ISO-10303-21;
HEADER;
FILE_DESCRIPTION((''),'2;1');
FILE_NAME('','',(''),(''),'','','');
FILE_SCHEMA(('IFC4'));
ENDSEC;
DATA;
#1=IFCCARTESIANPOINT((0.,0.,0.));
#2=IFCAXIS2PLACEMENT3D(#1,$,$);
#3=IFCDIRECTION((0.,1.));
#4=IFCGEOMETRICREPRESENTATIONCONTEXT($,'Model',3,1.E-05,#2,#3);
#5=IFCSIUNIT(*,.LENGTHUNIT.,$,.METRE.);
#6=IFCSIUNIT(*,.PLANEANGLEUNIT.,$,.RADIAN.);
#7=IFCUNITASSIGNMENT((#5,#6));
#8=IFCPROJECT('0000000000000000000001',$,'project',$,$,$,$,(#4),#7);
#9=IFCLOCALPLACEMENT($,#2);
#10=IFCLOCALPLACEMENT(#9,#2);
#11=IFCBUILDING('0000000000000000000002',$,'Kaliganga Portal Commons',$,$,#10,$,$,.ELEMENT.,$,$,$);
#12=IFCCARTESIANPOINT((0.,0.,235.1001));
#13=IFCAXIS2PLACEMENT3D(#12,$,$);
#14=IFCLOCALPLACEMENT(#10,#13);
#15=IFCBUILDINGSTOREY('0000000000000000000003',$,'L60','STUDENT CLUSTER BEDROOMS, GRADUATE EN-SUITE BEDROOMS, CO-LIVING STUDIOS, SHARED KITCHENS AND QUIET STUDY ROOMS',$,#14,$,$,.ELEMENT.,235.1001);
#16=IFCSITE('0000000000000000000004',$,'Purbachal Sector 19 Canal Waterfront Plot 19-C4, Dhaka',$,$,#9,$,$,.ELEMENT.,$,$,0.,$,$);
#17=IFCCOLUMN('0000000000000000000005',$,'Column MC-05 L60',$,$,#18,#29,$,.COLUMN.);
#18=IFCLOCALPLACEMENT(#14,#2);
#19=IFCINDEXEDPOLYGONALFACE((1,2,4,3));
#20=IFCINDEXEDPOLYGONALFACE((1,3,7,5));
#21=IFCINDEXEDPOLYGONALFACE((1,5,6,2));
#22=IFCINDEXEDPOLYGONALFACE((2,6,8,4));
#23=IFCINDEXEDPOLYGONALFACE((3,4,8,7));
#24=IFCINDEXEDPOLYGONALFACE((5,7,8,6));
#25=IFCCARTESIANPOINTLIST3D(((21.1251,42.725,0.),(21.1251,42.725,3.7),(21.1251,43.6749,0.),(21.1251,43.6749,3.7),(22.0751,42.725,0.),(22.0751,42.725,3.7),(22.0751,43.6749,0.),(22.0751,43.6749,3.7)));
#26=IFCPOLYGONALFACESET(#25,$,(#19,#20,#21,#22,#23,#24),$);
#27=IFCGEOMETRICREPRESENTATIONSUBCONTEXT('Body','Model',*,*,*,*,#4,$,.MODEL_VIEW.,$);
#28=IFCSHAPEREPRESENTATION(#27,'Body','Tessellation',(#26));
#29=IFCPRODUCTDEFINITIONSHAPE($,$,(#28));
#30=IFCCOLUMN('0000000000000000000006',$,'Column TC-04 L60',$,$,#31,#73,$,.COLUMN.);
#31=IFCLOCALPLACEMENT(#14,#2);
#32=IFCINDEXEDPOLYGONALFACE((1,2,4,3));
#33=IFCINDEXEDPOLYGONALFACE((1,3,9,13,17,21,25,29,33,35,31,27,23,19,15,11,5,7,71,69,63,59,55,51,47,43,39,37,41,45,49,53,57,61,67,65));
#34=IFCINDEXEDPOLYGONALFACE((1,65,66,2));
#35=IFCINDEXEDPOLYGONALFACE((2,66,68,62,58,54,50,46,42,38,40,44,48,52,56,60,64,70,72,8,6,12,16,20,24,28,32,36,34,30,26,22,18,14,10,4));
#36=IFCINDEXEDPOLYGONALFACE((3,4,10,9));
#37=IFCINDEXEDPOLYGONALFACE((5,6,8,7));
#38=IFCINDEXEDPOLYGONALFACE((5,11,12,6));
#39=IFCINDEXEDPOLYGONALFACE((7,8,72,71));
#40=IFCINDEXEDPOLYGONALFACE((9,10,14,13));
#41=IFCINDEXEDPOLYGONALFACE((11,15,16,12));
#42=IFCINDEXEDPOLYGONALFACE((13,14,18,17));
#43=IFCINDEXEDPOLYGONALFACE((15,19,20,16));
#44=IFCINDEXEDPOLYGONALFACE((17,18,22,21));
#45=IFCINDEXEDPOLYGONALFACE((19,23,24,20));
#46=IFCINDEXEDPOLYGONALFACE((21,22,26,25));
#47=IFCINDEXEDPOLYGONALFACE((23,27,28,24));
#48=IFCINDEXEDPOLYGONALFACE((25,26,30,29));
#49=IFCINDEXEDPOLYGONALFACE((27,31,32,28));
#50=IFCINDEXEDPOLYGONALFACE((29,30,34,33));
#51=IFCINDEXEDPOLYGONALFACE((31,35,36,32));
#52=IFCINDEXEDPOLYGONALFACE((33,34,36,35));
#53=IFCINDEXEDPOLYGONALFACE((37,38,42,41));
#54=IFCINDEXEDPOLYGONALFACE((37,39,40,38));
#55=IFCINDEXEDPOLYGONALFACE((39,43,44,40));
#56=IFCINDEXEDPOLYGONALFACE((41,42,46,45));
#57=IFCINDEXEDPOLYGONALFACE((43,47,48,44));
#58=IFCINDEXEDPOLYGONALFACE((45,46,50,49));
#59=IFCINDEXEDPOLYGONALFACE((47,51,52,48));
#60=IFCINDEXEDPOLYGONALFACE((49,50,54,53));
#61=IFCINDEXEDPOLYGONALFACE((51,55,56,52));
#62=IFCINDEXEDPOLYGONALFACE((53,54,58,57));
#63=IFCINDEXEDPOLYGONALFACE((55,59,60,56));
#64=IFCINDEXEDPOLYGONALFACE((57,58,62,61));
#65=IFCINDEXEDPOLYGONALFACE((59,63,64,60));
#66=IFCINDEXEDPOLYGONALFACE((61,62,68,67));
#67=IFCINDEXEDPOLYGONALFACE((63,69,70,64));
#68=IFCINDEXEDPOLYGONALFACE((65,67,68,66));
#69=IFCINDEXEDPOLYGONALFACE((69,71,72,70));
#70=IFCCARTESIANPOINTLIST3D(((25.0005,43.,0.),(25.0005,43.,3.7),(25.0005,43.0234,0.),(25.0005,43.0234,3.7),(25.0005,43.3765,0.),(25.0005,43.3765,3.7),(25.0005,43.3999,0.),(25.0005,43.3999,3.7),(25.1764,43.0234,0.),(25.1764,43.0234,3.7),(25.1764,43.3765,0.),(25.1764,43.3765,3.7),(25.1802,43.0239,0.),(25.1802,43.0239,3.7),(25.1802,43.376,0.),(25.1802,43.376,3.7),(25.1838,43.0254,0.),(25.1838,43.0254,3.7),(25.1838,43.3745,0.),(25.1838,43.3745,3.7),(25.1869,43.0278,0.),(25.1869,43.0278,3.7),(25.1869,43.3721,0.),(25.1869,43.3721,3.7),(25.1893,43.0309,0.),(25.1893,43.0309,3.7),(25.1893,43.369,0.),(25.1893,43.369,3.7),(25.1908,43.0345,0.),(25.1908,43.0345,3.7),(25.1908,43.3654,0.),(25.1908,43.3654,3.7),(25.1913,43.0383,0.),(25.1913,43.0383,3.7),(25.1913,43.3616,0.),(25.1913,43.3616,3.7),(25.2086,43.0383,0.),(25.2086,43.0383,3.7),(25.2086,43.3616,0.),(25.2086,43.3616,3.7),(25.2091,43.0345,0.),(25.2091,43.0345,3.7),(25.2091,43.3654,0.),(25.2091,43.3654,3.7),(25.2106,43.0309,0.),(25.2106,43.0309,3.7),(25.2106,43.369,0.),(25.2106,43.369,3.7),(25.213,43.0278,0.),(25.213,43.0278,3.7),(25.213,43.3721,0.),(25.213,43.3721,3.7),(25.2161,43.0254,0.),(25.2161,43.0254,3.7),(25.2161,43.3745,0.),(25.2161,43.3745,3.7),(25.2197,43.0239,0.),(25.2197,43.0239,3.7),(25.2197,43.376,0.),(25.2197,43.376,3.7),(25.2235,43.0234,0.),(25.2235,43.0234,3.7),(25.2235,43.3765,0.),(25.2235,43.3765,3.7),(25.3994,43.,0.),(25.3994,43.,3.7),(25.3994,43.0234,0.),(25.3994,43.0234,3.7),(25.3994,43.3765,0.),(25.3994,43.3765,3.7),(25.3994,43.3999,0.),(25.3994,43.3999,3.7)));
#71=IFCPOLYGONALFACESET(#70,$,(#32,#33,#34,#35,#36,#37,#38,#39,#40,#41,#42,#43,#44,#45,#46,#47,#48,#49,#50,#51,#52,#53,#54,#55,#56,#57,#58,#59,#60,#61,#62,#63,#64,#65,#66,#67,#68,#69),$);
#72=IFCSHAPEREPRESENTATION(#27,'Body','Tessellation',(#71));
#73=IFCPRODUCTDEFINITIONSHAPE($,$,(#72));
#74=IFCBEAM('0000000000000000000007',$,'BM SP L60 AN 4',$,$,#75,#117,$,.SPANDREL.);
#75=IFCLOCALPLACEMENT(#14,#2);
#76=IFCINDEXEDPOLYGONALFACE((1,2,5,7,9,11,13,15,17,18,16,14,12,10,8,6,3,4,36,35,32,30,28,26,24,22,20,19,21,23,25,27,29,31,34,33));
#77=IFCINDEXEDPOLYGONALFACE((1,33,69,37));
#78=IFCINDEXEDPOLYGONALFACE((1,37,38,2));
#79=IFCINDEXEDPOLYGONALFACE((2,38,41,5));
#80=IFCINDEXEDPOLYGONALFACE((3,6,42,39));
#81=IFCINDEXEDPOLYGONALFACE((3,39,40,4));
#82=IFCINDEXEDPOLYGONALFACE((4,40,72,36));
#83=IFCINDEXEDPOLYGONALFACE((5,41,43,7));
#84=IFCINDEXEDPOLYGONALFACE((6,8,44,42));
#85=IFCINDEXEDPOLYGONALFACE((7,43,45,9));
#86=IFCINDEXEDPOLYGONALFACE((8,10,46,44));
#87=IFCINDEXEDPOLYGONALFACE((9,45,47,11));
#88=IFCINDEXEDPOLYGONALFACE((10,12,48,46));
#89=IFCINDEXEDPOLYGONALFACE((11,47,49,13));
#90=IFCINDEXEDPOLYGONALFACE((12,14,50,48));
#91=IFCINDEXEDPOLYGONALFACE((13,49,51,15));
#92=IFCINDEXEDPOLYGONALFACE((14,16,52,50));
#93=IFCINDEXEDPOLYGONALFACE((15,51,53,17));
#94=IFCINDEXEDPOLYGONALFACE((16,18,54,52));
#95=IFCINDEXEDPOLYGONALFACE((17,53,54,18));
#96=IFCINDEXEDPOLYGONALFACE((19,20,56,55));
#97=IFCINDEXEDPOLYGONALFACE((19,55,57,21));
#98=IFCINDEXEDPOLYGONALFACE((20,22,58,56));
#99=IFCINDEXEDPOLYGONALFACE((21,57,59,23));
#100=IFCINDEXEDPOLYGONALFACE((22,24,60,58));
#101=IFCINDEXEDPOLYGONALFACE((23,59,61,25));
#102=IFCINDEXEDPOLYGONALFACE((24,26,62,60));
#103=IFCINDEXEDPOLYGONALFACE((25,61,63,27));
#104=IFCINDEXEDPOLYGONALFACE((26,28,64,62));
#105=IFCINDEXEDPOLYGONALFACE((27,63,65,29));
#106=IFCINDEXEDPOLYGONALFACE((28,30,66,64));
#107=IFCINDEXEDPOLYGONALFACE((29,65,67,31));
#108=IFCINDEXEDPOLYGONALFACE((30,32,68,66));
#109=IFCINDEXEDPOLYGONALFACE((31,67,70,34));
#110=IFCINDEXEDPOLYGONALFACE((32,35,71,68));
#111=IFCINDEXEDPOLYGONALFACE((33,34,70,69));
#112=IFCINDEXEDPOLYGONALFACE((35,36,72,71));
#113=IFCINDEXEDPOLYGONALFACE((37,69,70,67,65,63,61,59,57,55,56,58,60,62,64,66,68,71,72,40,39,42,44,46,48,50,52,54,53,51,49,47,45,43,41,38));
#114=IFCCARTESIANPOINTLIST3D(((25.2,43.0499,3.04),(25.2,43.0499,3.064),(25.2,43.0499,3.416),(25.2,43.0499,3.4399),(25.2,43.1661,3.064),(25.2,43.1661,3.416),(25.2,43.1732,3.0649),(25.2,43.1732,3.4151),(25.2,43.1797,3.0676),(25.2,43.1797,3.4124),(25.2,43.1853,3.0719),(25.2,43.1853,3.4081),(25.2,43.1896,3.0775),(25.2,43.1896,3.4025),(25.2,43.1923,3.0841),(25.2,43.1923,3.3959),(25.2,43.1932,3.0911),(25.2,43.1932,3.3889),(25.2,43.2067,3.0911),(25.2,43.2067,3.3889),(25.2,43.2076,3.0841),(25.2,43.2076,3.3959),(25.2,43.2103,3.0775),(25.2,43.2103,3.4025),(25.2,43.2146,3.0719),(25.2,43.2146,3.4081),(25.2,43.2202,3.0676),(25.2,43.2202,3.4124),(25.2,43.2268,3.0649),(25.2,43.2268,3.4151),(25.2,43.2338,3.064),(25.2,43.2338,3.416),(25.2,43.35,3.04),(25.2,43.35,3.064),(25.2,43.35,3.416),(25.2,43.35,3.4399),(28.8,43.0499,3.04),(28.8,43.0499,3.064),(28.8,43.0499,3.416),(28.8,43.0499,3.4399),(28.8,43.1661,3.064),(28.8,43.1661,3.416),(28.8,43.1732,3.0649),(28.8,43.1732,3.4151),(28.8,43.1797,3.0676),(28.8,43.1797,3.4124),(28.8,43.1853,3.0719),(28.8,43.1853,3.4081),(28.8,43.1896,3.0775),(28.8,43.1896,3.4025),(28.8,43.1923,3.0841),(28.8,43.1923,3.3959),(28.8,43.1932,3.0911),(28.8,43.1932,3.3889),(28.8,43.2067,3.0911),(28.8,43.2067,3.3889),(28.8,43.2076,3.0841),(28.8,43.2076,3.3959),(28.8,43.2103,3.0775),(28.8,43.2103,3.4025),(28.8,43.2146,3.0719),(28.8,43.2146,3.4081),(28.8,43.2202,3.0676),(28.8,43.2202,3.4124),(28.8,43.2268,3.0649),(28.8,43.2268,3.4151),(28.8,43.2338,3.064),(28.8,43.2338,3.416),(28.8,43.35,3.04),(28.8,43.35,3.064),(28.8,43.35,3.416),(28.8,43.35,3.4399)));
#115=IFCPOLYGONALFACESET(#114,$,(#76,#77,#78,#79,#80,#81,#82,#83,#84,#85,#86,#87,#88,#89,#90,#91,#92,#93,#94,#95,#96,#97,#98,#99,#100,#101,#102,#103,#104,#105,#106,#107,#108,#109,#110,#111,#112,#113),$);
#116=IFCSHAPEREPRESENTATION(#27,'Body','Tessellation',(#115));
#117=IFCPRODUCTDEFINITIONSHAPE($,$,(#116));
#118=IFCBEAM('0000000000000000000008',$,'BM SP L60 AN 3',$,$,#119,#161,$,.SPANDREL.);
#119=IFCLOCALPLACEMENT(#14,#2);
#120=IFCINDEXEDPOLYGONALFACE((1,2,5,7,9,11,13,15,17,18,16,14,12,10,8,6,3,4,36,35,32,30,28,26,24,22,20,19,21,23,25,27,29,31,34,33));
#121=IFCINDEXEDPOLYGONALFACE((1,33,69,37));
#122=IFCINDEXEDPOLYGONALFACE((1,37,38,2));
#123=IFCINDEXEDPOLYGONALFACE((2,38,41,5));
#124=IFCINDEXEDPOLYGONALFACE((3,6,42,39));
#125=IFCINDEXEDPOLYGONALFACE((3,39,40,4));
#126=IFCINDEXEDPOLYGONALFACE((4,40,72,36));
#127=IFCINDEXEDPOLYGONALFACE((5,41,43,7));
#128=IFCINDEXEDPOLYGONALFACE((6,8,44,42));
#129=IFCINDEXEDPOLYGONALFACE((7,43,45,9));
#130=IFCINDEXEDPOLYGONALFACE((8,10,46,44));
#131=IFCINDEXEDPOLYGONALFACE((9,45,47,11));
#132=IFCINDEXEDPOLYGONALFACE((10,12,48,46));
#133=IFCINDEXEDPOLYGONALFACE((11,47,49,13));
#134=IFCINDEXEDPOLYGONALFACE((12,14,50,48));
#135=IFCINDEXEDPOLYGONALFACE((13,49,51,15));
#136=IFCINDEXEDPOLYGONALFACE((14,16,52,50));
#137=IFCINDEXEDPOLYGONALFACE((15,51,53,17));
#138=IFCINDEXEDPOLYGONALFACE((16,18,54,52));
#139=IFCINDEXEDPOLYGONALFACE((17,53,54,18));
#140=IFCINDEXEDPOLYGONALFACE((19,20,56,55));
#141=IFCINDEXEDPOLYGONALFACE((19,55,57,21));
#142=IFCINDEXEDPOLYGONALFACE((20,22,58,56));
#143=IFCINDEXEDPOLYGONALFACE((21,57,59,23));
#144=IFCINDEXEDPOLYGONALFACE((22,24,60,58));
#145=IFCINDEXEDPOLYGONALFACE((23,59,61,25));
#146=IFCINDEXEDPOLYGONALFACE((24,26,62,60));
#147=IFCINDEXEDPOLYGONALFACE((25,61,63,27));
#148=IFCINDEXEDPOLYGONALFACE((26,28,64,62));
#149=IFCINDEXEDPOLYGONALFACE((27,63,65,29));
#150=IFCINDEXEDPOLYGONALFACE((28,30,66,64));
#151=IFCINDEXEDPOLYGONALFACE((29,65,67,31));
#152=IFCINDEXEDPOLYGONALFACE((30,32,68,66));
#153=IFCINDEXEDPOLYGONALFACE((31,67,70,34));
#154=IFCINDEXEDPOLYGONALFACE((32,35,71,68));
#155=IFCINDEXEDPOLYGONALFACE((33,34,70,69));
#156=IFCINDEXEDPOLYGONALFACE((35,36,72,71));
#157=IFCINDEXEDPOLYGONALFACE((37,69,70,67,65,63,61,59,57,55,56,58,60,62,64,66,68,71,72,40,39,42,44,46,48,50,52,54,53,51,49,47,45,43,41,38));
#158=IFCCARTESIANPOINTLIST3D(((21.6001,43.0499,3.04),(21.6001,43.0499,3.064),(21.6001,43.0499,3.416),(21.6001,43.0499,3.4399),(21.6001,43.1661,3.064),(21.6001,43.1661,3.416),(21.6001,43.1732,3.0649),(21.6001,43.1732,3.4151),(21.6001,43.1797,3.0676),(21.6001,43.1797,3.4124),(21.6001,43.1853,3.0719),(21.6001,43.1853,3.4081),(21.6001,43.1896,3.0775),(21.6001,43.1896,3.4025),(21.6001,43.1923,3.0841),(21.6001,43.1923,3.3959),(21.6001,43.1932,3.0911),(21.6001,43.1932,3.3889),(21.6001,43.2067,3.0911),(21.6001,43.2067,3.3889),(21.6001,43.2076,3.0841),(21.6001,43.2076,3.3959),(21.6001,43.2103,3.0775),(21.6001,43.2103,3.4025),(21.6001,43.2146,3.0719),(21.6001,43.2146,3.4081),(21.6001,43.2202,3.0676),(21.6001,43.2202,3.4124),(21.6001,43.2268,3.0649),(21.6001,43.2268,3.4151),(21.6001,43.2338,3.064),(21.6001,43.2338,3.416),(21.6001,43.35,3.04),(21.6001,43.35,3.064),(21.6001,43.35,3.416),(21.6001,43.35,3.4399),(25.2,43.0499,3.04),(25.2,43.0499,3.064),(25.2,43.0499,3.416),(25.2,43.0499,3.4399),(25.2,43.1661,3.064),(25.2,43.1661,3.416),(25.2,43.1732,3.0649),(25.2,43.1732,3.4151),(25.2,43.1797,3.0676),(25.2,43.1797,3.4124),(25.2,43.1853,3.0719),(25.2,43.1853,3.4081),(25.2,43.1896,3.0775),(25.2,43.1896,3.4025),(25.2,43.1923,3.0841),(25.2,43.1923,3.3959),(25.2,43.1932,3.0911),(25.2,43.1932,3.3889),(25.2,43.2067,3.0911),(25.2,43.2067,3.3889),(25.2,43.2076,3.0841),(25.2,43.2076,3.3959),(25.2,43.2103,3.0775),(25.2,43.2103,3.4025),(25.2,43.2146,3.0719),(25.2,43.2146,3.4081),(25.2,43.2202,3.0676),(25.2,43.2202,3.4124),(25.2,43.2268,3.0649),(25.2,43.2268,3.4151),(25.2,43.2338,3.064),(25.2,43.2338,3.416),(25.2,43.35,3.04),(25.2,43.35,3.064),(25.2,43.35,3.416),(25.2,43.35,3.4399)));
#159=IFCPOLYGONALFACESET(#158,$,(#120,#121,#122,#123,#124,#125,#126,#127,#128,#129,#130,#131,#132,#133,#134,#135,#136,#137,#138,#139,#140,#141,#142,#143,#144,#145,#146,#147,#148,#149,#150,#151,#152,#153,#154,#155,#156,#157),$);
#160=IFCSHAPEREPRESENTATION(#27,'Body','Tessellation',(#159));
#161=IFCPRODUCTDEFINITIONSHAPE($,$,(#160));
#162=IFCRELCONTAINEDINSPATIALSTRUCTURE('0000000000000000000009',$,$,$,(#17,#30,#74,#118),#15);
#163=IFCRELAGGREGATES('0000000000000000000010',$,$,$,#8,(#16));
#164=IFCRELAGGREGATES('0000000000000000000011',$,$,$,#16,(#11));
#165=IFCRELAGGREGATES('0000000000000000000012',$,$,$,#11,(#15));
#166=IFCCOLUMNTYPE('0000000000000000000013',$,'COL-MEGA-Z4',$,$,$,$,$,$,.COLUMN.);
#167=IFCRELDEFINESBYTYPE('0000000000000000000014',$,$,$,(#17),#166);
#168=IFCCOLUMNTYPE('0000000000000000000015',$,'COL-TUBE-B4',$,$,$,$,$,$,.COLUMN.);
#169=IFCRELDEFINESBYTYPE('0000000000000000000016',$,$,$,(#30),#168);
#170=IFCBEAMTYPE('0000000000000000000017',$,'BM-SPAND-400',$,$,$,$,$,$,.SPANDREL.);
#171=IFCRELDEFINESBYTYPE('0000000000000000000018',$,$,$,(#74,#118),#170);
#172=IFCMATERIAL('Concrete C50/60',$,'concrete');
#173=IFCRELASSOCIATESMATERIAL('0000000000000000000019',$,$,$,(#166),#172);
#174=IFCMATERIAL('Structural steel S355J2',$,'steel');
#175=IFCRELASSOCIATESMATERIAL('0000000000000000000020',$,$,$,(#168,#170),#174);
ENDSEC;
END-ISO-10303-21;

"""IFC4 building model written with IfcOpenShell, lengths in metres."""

from ifc_helpers import new_model, si_unit, direction, frame, origin, origin_2d, place, context, subcontext, project, spatial, rectangle, i_section, extrude, source, transform, mapped, material, material_profile, profile_set, type_object, element, save


model = new_model("IFC4")

# Units and contexts
model_context = context("Model", 3, precision=1e-05, world=origin(), true_north=direction((0.0, 1.0)))
body_context = subcontext(model_context, "Body", "Model", "MODEL_VIEW")
ifc_project = project(units=[si_unit("LENGTHUNIT", "METRE"), si_unit("PLANEANGLEUNIT", "RADIAN")], contexts=[model_context])

# Site, building, storey
site_placement = place(None, origin())
site = spatial("IfcSite", under=ifc_project, at=site_placement, Name="Purbachal Sector 19 Canal Waterfront Plot 19-C4, Dhaka", CompositionType="ELEMENT", RefElevation=0.0)
building_placement = place(site_placement, origin())
building = spatial("IfcBuilding", under=site, at=building_placement, Name="Kaliganga Portal Commons", CompositionType="ELEMENT")
storey_placement = place(building_placement, frame((0.0, 0.0, 235.1001)))
storey = spatial("IfcBuildingStorey", under=building, at=storey_placement, Name="L60", Description="STUDENT CLUSTER BEDROOMS, GRADUATE EN-SUITE BEDROOMS, CO-LIVING STUDIOS, SHARED KITCHENS AND QUIET STUDY ROOMS", CompositionType="ELEMENT", Elevation=235.1001)

# Columns
ifc_material_1 = material(Name="Concrete C50/60", Category="concrete")
ifc_material_profile_1 = material_profile(ifc_material_1, rectangle(XDim=0.95, YDim=0.95, at=origin_2d()), Name="RC 950x950")
ifc_profile_set_1 = profile_set([ifc_material_profile_1], Name="Concrete C50/60")
column_type_1 = type_object("IfcColumnType", Name="COL-MEGA-Z4", PredefinedType="COLUMN", material=ifc_profile_set_1)
shared_shape_1 = source(origin(), body_context, "Body", "SweptSolid", [
    extrude(rectangle(XDim=0.95, YDim=0.95, at=origin_2d()), origin(), (0.0, 0.0, 1.0), 3.7),
])
column_1_placement = place(storey_placement, frame((21.6001, 43.2, 0.0), z_axis=(0.0, 0.0, 1.0), x_axis=(1.0, 0.0, 0.0)))
element("IfcColumn", 1, at=column_1_placement, inside=storey, type_object=column_type_1, Name="Column MC-05 L60", PredefinedType="COLUMN", context=body_context, shape_type="MappedRepresentation", body=[
    mapped(shared_shape_1, transform((0.0, 0.0, 0.0), x_axis=(1.0, 0.0, 0.0), y_axis=(0.0, 1.0, 0.0), z_axis=(0.0, 0.0, 1.0), scale=1.0)),
])
ifc_material_2 = material(Name="Structural steel S355J2", Category="steel")
ifc_material_profile_2 = material_profile(ifc_material_2, i_section(OverallWidth=0.3989, OverallDepth=0.3999, WebThickness=0.0173, FlangeThickness=0.0234, FilletRadius=0.0149, at=origin_2d()), Name="HD 400x287")
ifc_profile_set_2 = profile_set([ifc_material_profile_2], Name="Structural steel S355J2 wide-flange")
column_type_2 = type_object("IfcColumnType", Name="COL-TUBE-B4", PredefinedType="COLUMN", material=ifc_profile_set_2)
shared_shape_2 = source(origin(), body_context, "Body", "SweptSolid", [
    extrude(i_section(OverallWidth=0.3989, OverallDepth=0.3999, WebThickness=0.0173, FlangeThickness=0.0234, FilletRadius=0.0149, at=origin_2d()), origin(), (0.0, 0.0, 1.0), 3.7),
])
column_2_placement = place(storey_placement, frame((25.2, 43.2, 0.0), z_axis=(0.0, 0.0, 1.0), x_axis=(1.0, 0.0, 0.0)))
element("IfcColumn", 2, at=column_2_placement, inside=storey, type_object=column_type_2, Name="Column TC-04 L60", PredefinedType="COLUMN", context=body_context, shape_type="MappedRepresentation", body=[
    mapped(shared_shape_2, transform((0.0, 0.0, 0.0), x_axis=(1.0, 0.0, 0.0), y_axis=(0.0, 1.0, 0.0), z_axis=(0.0, 0.0, 1.0), scale=1.0)),
])

# Beams
ifc_material_profile_3 = material_profile(ifc_material_2, i_section(OverallWidth=0.3, OverallDepth=0.3999, WebThickness=0.0134, FlangeThickness=0.0239, FilletRadius=0.0271, at=origin_2d()), Name="HE 400 B")
ifc_profile_set_3 = profile_set([ifc_material_profile_3], Name="Structural steel S355J2 wide-flange")
beam_type_1 = type_object("IfcBeamType", Name="BM-SPAND-400", PredefinedType="SPANDREL", material=ifc_profile_set_3)
shared_shape_3 = source(origin(), body_context, "Body", "SweptSolid", [
    extrude(i_section(OverallWidth=0.3, OverallDepth=0.3999, WebThickness=0.0134, FlangeThickness=0.0239, FilletRadius=0.0271, at=origin_2d()), origin(), (0.0, 0.0, 1.0), 3.6001),
])
beam_1_placement = place(storey_placement, frame((25.2, 43.2, 3.24), z_axis=(1.0, 0.0, 0.0), x_axis=(0.0, 1.0, 0.0)))
element("IfcBeam", 3, at=beam_1_placement, inside=storey, type_object=beam_type_1, Name="BM SP L60 AN 4", PredefinedType="SPANDREL", context=body_context, shape_type="MappedRepresentation", body=[
    mapped(shared_shape_3, transform((0.0, 0.0, 0.0), x_axis=(1.0, 0.0, 0.0), y_axis=(0.0, 1.0, 0.0), z_axis=(0.0, 0.0, 1.0), scale=1.0)),
])
shared_shape_4 = source(origin(), body_context, "Body", "SweptSolid", [
    extrude(i_section(OverallWidth=0.3, OverallDepth=0.3999, WebThickness=0.0134, FlangeThickness=0.0239, FilletRadius=0.0271, at=origin_2d()), origin(), (0.0, 0.0, 1.0), 3.5999),
])
beam_2_placement = place(storey_placement, frame((21.6001, 43.2, 3.24), z_axis=(1.0, 0.0, 0.0), x_axis=(0.0, 1.0, 0.0)))
element("IfcBeam", 4, at=beam_2_placement, inside=storey, type_object=beam_type_1, Name="BM SP L60 AN 3", PredefinedType="SPANDREL", context=body_context, shape_type="MappedRepresentation", body=[
    mapped(shared_shape_4, transform((0.0, 0.0, 0.0), x_axis=(1.0, 0.0, 0.0), y_axis=(0.0, 1.0, 0.0), z_axis=(0.0, 0.0, 1.0), scale=1.0)),
])

save(model, "model.ifc")
